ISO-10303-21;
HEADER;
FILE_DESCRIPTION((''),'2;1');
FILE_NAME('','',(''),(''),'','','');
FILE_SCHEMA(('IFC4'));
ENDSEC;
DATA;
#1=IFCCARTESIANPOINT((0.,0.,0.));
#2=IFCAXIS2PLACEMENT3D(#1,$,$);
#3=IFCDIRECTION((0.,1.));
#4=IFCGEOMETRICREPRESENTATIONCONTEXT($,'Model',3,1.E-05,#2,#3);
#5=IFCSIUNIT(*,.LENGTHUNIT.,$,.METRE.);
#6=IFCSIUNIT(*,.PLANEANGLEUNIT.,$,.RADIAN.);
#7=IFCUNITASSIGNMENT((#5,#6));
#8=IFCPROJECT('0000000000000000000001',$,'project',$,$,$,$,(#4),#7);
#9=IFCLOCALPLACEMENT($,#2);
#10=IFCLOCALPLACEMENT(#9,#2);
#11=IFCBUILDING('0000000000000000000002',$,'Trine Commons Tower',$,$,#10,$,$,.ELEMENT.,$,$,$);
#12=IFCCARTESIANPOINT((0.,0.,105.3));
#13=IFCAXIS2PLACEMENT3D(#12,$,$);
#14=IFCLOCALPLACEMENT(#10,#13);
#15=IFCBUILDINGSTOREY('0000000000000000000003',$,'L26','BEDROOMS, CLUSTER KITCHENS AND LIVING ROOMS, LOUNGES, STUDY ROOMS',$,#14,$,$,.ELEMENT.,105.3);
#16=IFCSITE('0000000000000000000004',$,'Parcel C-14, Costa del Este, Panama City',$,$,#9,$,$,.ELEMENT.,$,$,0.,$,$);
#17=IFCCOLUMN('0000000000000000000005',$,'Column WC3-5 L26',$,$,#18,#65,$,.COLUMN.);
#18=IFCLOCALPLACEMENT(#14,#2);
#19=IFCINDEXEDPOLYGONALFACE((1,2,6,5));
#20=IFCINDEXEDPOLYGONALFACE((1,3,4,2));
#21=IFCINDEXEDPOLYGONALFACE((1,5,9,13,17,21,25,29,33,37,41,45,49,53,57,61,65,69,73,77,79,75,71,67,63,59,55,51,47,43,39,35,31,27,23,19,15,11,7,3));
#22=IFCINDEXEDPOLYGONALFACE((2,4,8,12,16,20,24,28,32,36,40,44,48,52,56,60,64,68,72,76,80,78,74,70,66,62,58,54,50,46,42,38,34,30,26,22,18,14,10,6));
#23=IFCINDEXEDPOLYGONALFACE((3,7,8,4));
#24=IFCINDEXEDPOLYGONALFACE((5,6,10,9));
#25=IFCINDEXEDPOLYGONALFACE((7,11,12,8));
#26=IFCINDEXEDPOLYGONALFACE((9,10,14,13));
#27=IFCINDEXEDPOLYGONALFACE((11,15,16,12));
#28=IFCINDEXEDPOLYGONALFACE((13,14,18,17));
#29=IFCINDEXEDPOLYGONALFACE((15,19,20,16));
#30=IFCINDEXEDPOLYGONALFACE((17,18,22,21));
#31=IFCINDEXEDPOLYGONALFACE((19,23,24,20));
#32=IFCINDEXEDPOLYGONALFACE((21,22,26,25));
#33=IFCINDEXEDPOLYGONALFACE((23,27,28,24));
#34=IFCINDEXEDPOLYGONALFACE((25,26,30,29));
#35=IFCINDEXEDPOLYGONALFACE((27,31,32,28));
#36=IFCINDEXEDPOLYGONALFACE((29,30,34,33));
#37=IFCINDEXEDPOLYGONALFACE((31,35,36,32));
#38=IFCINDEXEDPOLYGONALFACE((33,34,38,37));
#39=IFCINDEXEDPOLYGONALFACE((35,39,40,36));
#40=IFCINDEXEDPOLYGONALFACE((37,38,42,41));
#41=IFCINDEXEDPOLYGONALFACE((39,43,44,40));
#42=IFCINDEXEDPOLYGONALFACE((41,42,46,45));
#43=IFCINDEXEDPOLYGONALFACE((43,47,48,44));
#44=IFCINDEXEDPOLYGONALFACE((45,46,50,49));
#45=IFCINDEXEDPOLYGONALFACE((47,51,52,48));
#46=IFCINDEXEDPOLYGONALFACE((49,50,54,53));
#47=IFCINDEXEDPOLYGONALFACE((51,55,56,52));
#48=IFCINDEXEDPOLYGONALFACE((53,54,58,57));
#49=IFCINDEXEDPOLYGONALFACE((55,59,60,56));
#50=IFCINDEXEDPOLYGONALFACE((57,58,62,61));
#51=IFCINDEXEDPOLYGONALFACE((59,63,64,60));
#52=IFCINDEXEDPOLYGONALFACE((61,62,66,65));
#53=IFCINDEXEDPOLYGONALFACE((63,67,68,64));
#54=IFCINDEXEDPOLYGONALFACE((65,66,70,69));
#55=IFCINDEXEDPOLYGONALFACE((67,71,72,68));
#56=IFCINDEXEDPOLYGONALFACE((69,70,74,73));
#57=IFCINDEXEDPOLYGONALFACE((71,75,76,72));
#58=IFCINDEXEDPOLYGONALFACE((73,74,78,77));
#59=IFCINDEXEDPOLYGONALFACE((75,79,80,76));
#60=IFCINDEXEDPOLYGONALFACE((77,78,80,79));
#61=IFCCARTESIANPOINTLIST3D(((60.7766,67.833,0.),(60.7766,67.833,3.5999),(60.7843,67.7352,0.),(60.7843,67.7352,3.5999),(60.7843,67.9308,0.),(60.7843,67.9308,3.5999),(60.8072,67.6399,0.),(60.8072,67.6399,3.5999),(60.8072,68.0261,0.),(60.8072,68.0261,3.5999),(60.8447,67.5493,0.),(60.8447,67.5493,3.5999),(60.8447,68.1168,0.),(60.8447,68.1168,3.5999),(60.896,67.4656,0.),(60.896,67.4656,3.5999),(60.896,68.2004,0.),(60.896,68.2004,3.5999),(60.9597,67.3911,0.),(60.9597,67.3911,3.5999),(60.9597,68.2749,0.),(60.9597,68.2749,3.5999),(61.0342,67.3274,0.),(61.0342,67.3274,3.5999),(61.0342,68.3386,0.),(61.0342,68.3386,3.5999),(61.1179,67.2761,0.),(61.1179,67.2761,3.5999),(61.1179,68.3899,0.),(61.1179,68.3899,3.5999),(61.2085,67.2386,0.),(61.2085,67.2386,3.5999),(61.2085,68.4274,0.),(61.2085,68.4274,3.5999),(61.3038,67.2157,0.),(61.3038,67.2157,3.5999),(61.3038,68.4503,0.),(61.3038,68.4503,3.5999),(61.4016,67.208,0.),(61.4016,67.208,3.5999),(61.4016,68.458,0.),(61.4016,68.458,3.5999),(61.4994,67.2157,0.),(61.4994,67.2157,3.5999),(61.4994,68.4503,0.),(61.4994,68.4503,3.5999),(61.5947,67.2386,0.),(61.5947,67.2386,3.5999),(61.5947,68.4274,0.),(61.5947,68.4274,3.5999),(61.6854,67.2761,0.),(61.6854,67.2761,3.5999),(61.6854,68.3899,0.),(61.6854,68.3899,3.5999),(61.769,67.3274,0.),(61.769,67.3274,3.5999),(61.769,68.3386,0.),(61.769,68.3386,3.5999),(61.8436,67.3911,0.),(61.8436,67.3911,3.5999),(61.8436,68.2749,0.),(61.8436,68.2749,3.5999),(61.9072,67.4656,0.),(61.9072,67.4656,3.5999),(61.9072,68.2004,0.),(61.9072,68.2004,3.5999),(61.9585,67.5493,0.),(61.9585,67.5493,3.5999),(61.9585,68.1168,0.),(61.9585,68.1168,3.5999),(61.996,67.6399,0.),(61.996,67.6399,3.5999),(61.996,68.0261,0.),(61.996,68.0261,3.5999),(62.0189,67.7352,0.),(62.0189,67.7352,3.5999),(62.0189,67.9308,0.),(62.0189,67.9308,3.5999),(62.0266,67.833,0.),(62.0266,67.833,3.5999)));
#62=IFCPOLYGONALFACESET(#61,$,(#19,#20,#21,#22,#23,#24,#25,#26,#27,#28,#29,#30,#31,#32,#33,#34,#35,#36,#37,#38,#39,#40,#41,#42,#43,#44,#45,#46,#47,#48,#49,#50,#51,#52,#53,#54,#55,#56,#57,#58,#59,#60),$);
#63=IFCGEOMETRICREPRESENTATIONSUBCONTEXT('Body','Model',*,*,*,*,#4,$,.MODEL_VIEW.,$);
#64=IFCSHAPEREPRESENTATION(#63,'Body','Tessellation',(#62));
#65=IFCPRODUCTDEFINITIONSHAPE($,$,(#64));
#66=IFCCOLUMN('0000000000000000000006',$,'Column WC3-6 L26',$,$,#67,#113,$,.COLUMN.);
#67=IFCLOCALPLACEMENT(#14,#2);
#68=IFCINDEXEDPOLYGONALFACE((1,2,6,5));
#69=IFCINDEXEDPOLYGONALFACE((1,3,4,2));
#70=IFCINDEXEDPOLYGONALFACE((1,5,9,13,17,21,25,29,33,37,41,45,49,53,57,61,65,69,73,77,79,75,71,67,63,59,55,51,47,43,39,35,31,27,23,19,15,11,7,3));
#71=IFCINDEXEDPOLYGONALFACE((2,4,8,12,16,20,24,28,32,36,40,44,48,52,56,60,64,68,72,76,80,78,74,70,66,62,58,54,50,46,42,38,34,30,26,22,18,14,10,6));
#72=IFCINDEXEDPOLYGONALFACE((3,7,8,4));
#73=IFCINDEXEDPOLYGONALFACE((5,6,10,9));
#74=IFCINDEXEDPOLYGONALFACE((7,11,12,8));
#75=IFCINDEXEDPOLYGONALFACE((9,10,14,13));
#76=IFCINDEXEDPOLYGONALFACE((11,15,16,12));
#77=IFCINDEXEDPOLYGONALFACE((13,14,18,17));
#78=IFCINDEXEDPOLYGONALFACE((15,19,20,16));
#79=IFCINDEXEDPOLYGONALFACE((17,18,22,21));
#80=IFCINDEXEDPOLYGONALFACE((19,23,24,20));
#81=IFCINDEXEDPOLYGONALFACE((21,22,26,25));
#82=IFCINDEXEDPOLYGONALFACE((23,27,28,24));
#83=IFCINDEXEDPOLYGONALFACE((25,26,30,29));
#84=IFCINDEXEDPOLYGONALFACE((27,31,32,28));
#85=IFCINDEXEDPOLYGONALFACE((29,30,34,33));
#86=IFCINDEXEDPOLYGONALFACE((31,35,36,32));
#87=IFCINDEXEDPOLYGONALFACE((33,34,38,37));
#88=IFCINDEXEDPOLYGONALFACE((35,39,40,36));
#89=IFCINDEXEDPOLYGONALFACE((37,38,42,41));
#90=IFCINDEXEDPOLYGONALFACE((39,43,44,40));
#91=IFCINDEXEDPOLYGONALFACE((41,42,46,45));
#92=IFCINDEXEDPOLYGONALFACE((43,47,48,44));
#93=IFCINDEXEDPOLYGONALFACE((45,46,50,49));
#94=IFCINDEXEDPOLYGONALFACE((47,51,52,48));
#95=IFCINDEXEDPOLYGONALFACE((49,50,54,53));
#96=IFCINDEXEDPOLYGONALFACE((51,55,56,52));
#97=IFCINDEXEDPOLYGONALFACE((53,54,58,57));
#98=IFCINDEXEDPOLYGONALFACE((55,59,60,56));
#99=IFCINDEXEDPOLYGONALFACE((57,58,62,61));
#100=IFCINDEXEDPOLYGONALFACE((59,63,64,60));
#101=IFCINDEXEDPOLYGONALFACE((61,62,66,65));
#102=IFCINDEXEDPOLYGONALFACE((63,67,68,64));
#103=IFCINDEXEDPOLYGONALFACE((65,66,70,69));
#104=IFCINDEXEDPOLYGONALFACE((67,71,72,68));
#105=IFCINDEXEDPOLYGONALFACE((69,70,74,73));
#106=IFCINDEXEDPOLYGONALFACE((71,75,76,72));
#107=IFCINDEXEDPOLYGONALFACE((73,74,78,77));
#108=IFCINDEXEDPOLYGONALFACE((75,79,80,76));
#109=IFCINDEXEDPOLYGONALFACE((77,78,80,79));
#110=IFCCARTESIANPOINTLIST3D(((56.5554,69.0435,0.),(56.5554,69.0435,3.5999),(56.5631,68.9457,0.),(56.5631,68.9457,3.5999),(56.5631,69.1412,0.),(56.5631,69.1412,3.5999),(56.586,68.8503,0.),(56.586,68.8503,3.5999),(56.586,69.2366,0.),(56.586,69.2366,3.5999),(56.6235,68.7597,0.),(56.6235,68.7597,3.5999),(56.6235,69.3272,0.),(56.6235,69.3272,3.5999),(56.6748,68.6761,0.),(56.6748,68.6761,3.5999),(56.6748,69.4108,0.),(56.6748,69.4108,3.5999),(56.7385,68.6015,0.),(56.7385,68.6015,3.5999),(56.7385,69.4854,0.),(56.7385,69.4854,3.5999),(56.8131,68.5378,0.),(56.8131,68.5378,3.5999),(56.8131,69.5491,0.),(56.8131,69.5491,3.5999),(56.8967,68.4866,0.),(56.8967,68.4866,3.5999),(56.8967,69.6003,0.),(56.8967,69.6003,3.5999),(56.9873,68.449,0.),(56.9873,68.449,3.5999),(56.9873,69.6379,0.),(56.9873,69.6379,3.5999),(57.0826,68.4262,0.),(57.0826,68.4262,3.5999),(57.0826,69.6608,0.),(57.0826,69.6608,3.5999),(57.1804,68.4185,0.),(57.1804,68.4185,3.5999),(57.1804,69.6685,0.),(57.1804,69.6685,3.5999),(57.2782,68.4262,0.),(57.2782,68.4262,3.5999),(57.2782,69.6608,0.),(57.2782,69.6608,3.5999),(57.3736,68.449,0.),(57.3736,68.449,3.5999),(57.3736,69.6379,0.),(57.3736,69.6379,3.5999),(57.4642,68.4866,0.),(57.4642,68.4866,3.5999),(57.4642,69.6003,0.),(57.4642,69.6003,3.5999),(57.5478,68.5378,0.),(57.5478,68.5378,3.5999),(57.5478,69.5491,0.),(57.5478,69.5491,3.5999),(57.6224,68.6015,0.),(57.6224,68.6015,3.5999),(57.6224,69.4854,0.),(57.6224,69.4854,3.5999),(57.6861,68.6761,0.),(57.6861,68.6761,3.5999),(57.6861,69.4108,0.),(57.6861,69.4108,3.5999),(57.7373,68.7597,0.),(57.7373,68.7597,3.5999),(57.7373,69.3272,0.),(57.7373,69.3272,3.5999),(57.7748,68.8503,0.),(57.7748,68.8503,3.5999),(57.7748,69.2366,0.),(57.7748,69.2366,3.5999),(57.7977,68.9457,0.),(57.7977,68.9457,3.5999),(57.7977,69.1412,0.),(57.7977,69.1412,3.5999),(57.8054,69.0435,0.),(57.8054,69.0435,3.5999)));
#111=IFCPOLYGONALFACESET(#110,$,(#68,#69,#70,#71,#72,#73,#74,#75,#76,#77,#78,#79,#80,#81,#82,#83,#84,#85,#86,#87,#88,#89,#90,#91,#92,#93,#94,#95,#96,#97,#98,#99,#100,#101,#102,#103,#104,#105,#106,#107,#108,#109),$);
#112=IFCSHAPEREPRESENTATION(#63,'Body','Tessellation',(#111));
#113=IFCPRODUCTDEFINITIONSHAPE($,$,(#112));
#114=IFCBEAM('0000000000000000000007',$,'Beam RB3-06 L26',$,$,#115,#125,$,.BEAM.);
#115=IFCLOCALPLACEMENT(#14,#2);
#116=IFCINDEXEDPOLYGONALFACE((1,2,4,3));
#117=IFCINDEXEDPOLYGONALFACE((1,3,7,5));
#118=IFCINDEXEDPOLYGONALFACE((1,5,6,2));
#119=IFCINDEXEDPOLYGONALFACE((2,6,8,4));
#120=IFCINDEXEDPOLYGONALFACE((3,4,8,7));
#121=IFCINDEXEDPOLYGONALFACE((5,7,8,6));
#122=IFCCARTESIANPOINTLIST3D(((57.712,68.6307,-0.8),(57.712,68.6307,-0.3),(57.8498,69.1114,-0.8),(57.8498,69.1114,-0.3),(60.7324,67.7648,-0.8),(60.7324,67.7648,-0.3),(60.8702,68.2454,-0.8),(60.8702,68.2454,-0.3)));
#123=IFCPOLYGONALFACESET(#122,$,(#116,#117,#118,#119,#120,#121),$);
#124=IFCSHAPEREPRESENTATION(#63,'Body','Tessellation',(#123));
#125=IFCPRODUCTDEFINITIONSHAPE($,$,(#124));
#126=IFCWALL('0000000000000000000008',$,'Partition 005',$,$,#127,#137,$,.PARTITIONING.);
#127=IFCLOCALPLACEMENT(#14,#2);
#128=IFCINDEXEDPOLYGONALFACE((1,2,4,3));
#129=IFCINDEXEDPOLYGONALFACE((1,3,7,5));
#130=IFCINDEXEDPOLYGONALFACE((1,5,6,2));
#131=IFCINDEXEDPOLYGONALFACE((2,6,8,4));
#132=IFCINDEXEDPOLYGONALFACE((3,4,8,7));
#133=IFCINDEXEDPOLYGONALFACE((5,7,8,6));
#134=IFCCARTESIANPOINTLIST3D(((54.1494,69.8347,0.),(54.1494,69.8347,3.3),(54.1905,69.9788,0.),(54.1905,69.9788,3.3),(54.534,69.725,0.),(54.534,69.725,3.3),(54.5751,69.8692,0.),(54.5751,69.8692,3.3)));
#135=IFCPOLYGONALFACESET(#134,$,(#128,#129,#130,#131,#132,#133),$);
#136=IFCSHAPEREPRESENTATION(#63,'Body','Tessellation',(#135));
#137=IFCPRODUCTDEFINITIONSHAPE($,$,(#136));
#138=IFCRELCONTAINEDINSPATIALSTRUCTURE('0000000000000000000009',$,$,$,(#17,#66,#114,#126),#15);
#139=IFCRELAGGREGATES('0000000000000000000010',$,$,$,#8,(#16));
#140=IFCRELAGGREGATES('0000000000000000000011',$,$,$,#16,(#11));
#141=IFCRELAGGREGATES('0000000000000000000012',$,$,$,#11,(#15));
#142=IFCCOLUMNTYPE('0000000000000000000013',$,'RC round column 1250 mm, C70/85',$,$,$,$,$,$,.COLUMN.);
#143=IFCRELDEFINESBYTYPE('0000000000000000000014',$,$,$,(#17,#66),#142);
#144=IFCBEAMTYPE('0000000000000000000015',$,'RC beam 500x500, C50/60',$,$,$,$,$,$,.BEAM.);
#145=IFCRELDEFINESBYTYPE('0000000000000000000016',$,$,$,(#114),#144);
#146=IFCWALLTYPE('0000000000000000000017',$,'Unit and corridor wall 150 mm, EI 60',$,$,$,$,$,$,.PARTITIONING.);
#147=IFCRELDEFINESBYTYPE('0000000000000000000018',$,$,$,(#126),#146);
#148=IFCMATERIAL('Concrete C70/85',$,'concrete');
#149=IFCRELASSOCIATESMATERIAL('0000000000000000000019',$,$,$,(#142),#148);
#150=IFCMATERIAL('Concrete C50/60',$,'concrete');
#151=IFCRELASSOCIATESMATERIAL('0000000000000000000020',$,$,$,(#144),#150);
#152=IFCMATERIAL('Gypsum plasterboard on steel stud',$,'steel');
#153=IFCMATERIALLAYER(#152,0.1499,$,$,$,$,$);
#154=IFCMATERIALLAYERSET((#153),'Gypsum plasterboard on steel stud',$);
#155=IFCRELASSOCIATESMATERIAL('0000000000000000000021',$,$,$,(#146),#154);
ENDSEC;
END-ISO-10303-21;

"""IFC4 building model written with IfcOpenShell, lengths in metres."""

from ifc_helpers import new_model, si_unit, direction, frame, frame_2d, origin, origin_2d, place, context, subcontext, project, spatial, rectangle, circle, extrude, material, layer, layer_set, material_profile, profile_set, type_object, element, save


model = new_model("IFC4")

# Units and contexts
model_context = context("Model", 3, precision=1e-05, world=origin(), true_north=direction((0.0, 1.0)))
body_context = subcontext(model_context, "Body", "Model", "MODEL_VIEW")
ifc_project = project(units=[si_unit("LENGTHUNIT", "METRE"), si_unit("PLANEANGLEUNIT", "RADIAN")], contexts=[model_context])

# Site, building, storey
site_placement = place(None, origin())
site = spatial("IfcSite", under=ifc_project, at=site_placement, Name="Parcel C-14, Costa del Este, Panama City", CompositionType="ELEMENT", RefElevation=0.0)
building_placement = place(site_placement, origin())
building = spatial("IfcBuilding", under=site, at=building_placement, Name="Trine Commons Tower", CompositionType="ELEMENT")
storey_placement = place(building_placement, frame((0.0, 0.0, 105.3)))
storey = spatial("IfcBuildingStorey", under=building, at=storey_placement, Name="L26", Description="BEDROOMS, CLUSTER KITCHENS AND LIVING ROOMS, LOUNGES, STUDY ROOMS", CompositionType="ELEMENT", Elevation=105.3)

# Columns
ifc_material_1 = material(Name="Concrete C70/85", Category="concrete")
ifc_material_profile_1 = material_profile(ifc_material_1, circle(Radius=0.625, at=origin_2d()), Name="RC round 1250")
ifc_profile_set_1 = profile_set([ifc_material_profile_1], Name="Concrete C70/85")
column_type = type_object("IfcColumnType", Name="RC round column 1250 mm, C70/85", PredefinedType="COLUMN", material=ifc_profile_set_1)
for number, where, z_axis, x_axis, name in (
    (1, (61.4016, 67.833, 0.0), (0.0, 0.0, 1.0), (1.0, 0.0, 0.0), "Column WC3-5 L26"),
    (2, (57.1804, 69.0435, 0.0), (0.0, 0.0, 1.0), (1.0, 0.0, 0.0), "Column WC3-6 L26"),
):
    element("IfcColumn", number, at=place(storey_placement, frame(where, z_axis=z_axis, x_axis=x_axis)), inside=storey, type_object=column_type, Name=name, PredefinedType="COLUMN", context=body_context, shape_type="SweptSolid", body=[
        extrude(circle(Radius=0.625, at=origin_2d()), origin(), (0.0, 0.0, 1.0), 3.5999),
    ])

# Beam
ifc_material_2 = material(Name="Concrete C50/60", Category="concrete")
ifc_material_profile_2 = material_profile(ifc_material_2, rectangle(XDim=0.5, YDim=0.5, at=origin_2d()), Name="RC 500x500")
ifc_profile_set_2 = profile_set([ifc_material_profile_2], Name="Concrete C50/60")
beam_type = type_object("IfcBeamType", Name="RC beam 500x500, C50/60", PredefinedType="BEAM", material=ifc_profile_set_2)
beam_placement = place(storey_placement, frame((60.8013, 68.0051, -0.55), z_axis=(-0.961274, 0.275593, 0.0), x_axis=(-0.275593, -0.961274, 0.0)))
element("IfcBeam", 3, at=beam_placement, inside=storey, type_object=beam_type, Name="Beam RB3-06 L26", PredefinedType="BEAM", context=body_context, shape_type="SweptSolid", body=[
    extrude(rectangle(XDim=0.5, YDim=0.5, at=origin_2d()), origin(), (0.0, 0.0, 1.0), 3.1421),
])

# Wall
ifc_material_3 = material(Name="Gypsum plasterboard on steel stud", Category="steel")
ifc_layer_1 = layer(ifc_material_3, 0.1499)
ifc_layer_set_1 = layer_set([ifc_layer_1], Name="Gypsum plasterboard on steel stud")
wall_type_1 = type_object("IfcWallType", Name="Unit and corridor wall 150 mm, EI 60", PredefinedType="PARTITIONING", material=ifc_layer_set_1)
wall_1_placement = place(storey_placement, frame((54.1699, 69.9067, 0.0), z_axis=(0.0, 0.0, 1.0), x_axis=(0.961685, -0.274157, 0.0)))
element("IfcWall", 4, at=wall_1_placement, inside=storey, type_object=wall_type_1, Name="Partition 005", PredefinedType="PARTITIONING", context=body_context, shape_type="SweptSolid", body=[
    extrude(rectangle(XDim=0.3999, YDim=0.1499, at=frame_2d((0.2, 0.0))), origin(), (0.0, 0.0, 1.0), 3.3),
])

save(model, "model.ifc")
